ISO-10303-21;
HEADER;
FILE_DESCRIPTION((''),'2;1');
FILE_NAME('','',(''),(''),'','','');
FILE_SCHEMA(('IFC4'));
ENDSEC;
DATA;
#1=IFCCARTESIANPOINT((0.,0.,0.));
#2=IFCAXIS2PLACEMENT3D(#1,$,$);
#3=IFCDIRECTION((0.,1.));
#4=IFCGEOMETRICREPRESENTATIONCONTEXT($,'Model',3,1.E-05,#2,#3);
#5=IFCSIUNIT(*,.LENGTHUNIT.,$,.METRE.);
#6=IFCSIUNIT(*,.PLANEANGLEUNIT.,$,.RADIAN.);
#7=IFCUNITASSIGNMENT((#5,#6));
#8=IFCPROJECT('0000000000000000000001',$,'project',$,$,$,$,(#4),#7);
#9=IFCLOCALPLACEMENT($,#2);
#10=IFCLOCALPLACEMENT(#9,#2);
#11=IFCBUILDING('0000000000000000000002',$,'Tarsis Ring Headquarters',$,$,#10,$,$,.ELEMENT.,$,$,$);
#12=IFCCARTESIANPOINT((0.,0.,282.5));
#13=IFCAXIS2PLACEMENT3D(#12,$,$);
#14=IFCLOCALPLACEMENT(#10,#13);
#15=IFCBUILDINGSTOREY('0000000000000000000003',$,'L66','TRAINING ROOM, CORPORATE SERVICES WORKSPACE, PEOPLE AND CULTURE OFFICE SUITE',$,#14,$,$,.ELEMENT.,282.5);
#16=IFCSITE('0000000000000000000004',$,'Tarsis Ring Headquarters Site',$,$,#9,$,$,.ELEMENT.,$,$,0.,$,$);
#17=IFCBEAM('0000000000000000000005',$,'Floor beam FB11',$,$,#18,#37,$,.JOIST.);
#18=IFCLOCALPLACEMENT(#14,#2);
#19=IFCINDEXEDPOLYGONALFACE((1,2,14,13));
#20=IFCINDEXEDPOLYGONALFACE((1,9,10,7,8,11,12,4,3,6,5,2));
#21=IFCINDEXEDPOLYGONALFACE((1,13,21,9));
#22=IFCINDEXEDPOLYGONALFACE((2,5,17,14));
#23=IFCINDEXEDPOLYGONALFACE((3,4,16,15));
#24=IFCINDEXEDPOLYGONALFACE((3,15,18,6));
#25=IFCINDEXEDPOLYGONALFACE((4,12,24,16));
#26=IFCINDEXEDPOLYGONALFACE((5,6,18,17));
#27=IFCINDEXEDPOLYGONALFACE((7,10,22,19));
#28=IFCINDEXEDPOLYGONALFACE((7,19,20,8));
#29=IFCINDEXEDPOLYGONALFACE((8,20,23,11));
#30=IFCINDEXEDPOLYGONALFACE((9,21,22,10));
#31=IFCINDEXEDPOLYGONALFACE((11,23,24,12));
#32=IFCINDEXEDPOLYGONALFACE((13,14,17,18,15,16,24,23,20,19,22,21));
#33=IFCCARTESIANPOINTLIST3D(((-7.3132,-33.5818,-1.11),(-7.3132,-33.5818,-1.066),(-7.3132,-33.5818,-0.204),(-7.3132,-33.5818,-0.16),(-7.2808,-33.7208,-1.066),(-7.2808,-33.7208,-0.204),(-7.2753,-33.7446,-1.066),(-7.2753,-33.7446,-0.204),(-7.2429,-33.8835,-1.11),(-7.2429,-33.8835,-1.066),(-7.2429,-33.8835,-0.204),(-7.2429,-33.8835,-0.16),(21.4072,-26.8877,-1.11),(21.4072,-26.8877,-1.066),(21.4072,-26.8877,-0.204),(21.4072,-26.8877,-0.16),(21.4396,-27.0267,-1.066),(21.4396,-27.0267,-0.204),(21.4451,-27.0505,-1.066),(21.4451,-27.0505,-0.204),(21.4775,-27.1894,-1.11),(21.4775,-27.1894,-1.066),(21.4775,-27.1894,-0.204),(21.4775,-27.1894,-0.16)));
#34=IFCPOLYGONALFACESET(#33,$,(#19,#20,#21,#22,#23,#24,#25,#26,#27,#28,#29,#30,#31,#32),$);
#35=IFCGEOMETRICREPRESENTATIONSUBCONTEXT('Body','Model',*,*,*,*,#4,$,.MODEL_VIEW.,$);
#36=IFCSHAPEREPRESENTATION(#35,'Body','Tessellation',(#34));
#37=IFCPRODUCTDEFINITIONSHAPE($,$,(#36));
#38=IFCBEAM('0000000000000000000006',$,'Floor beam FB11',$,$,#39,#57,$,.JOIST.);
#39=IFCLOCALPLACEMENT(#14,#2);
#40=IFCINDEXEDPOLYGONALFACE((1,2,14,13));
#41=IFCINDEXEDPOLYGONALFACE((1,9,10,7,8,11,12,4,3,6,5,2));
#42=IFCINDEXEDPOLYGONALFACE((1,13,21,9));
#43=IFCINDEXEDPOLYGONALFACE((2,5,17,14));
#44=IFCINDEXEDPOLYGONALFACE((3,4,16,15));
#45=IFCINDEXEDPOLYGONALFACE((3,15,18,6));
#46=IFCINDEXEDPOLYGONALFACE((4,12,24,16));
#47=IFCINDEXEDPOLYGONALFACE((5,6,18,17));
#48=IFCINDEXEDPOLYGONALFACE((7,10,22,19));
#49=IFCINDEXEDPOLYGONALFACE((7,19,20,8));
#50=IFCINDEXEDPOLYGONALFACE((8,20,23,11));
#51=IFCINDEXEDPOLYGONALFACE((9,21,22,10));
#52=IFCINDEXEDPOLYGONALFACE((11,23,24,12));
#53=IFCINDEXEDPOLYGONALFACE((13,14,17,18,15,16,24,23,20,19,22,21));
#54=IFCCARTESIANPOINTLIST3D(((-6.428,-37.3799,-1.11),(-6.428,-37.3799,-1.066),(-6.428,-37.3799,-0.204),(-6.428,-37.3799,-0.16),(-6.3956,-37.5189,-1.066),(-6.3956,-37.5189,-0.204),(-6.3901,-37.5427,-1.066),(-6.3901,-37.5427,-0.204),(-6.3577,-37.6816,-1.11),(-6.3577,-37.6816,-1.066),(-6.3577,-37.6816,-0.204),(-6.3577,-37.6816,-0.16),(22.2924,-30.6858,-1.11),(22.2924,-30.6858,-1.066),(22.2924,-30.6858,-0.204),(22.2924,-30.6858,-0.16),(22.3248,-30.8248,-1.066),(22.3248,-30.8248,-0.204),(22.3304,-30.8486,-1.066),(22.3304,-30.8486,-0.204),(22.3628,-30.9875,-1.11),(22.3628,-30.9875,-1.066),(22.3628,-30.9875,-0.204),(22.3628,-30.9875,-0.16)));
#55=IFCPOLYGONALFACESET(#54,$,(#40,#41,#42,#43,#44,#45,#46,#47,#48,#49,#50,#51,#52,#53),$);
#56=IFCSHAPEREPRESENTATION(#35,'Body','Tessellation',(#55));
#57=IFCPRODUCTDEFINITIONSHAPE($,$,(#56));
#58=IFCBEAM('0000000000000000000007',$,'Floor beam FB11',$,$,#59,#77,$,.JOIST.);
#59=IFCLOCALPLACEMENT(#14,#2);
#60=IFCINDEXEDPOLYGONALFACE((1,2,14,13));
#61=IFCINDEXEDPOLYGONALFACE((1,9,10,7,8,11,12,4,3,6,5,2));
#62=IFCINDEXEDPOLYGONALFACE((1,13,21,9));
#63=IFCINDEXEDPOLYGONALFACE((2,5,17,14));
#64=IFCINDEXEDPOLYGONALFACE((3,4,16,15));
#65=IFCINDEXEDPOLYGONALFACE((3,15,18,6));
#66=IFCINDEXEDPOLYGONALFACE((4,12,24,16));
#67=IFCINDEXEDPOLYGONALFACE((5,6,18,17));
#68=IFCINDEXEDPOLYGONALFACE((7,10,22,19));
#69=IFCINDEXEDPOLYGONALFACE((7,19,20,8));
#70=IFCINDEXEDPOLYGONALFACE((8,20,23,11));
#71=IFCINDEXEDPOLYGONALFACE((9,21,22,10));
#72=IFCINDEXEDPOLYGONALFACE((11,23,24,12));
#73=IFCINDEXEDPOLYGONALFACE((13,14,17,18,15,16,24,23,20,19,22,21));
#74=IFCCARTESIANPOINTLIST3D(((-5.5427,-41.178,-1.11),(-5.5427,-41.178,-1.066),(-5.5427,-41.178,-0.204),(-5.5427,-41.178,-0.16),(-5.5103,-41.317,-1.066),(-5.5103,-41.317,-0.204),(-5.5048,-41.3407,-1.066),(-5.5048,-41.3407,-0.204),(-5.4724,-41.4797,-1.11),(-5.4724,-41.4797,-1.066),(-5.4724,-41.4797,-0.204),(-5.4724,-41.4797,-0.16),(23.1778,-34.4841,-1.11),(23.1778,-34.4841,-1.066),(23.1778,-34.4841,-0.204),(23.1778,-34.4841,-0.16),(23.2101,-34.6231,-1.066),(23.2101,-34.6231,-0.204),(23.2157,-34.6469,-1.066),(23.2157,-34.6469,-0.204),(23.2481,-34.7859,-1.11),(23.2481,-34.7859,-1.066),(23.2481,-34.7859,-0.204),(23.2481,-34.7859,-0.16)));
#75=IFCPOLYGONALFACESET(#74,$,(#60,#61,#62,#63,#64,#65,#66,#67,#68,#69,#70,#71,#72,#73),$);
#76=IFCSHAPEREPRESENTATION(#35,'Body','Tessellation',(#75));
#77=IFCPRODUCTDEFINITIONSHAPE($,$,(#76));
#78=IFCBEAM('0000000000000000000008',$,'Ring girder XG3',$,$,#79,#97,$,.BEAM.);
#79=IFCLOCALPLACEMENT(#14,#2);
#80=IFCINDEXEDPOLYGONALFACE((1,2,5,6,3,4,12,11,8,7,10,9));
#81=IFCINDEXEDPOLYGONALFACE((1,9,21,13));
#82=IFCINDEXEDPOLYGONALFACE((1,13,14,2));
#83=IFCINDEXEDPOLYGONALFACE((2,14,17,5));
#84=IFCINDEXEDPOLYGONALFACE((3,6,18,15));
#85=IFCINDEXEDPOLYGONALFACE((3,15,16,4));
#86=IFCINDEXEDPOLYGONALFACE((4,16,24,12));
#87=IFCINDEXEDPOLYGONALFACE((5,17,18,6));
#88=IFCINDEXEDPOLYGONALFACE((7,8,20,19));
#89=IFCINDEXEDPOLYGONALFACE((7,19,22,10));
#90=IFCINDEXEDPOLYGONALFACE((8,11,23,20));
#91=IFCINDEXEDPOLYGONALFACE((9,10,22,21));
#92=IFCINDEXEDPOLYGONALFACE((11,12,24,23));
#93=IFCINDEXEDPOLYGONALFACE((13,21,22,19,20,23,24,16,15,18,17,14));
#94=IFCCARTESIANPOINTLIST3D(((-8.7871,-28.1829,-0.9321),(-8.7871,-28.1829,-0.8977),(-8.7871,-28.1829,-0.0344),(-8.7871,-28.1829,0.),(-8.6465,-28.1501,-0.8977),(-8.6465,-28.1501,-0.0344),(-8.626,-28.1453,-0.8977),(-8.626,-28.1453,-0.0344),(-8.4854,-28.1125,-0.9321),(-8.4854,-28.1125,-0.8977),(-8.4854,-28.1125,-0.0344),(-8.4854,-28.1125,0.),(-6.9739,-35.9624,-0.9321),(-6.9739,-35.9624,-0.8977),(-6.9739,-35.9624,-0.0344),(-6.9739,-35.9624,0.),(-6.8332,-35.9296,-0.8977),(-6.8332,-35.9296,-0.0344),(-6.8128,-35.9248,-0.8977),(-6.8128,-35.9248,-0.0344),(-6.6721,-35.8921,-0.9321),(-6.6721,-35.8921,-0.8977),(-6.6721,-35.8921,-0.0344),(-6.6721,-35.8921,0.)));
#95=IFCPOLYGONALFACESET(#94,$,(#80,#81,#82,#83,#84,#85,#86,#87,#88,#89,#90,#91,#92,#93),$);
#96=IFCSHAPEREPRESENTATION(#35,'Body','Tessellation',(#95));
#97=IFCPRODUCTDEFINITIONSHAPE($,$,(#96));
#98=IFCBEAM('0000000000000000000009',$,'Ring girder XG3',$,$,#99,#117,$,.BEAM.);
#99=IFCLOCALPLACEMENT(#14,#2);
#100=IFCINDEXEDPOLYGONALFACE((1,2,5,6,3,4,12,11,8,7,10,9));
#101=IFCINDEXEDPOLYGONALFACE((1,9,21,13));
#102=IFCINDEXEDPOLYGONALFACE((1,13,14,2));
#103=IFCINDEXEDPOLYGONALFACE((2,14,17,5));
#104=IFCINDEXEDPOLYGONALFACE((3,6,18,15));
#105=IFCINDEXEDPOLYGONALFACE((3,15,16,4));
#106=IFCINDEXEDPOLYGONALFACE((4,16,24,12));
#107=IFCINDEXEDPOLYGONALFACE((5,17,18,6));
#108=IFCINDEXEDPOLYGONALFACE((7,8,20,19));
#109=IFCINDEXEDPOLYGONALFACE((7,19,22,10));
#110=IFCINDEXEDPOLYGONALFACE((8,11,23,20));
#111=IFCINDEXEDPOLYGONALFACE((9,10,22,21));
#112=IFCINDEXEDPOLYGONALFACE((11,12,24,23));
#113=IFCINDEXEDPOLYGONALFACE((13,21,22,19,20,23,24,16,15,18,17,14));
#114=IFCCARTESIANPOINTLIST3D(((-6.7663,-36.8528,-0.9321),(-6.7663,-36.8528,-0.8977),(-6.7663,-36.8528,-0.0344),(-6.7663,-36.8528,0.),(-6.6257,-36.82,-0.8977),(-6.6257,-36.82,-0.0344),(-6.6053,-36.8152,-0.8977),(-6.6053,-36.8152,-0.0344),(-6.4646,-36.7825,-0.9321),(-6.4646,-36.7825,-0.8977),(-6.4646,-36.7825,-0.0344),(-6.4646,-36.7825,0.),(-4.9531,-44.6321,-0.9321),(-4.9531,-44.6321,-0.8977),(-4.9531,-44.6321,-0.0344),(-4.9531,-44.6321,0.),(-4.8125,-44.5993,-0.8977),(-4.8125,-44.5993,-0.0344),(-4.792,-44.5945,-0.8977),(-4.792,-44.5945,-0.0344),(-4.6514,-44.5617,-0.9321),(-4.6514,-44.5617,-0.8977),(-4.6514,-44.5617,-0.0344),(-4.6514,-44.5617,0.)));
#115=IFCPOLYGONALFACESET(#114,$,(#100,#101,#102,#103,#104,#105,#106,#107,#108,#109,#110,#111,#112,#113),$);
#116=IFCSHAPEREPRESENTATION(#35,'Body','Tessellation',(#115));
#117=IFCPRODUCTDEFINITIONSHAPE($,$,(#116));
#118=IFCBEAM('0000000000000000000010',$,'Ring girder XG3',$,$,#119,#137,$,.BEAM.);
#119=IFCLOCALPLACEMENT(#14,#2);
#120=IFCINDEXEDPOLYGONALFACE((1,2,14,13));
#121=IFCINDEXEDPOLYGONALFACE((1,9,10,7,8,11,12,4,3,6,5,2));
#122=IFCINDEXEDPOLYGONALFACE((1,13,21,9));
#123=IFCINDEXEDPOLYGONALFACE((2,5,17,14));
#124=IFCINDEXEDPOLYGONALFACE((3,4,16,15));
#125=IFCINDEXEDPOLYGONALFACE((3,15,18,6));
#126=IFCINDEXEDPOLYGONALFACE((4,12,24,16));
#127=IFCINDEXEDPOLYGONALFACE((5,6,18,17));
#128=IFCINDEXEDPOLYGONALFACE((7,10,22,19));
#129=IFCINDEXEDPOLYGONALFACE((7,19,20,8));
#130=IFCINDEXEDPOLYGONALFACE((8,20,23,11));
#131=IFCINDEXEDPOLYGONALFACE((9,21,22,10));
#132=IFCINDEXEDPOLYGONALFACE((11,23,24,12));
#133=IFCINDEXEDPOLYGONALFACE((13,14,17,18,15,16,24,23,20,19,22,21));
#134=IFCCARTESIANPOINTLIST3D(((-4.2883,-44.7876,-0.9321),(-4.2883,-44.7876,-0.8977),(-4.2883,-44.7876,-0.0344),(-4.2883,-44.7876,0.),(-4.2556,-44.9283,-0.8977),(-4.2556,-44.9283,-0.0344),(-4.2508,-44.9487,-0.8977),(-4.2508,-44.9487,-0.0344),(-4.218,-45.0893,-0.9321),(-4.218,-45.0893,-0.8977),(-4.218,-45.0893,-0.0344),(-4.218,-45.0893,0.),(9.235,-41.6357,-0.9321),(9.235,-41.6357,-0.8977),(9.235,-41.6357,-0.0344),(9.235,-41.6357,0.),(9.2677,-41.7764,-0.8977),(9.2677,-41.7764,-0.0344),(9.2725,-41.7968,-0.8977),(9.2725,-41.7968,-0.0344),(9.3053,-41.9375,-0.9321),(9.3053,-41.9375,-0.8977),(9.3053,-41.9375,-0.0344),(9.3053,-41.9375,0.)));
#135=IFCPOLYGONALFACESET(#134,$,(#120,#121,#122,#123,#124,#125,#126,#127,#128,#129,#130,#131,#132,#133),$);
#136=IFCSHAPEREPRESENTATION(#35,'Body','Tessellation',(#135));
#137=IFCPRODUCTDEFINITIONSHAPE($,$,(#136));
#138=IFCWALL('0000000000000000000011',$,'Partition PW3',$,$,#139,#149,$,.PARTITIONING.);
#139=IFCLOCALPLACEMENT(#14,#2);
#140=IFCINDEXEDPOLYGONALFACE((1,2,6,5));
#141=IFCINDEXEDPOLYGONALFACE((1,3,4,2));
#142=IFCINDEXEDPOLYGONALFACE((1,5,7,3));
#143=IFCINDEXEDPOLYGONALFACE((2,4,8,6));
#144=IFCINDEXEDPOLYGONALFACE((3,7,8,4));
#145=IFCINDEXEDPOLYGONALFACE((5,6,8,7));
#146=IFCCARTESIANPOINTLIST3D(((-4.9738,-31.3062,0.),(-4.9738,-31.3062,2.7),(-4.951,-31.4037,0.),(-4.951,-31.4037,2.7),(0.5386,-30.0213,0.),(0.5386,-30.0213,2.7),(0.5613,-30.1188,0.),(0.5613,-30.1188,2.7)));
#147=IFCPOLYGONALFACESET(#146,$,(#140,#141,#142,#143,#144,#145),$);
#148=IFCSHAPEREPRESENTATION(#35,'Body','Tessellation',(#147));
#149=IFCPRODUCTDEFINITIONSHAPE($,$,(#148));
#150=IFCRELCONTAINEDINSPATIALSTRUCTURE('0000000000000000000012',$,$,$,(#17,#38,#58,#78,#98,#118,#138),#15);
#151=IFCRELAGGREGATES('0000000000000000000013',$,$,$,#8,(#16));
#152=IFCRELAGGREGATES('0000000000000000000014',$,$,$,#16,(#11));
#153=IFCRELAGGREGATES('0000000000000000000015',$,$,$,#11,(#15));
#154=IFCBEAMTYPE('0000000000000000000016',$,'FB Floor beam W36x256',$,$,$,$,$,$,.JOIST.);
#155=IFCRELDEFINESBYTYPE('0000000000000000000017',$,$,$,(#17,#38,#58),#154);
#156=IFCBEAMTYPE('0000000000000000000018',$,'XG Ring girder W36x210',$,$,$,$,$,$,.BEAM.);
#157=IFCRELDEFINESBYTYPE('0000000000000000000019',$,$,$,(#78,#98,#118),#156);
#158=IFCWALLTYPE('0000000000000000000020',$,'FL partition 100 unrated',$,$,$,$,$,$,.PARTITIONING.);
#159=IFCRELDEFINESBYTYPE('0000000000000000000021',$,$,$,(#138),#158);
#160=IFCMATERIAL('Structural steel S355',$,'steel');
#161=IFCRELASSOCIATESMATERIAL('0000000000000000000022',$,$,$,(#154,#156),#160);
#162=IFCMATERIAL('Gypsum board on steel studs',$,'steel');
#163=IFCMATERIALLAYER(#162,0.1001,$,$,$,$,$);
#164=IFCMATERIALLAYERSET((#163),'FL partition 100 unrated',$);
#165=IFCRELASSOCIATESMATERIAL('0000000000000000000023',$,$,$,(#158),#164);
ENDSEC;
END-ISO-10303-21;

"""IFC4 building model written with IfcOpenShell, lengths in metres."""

from ifc_helpers import new_model, si_unit, direction, frame, frame_2d, origin, origin_2d, place, context, subcontext, project, spatial, rectangle, i_section, extrude, material, layer, layer_set, material_profile, profile_set, type_object, element, save


model = new_model("IFC4")

# Units and contexts
model_context = context("Model", 3, precision=1e-05, world=origin(), true_north=direction((0.0, 1.0)))
body_context = subcontext(model_context, "Body", "Model", "MODEL_VIEW")
ifc_project = project(units=[si_unit("LENGTHUNIT", "METRE"), si_unit("PLANEANGLEUNIT", "RADIAN")], contexts=[model_context])

# Site, building, storey
site_placement = place(None, origin())
site = spatial("IfcSite", under=ifc_project, at=site_placement, Name="Tarsis Ring Headquarters Site", CompositionType="ELEMENT", RefElevation=0.0)
building_placement = place(site_placement, origin())
building = spatial("IfcBuilding", under=site, at=building_placement, Name="Tarsis Ring Headquarters", CompositionType="ELEMENT")
storey_placement = place(building_placement, frame((0.0, 0.0, 282.5)))
storey = spatial("IfcBuildingStorey", under=building, at=storey_placement, Name="L66", Description="TRAINING ROOM, CORPORATE SERVICES WORKSPACE, PEOPLE AND CULTURE OFFICE SUITE", CompositionType="ELEMENT", Elevation=282.5)

# Shared definitions
ifc_material_1 = material(Name="Structural steel S355", Category="steel")

# Beams
ifc_material_profile_1 = material_profile(ifc_material_1, i_section(OverallWidth=0.3098, OverallDepth=0.95, WebThickness=0.0244, FlangeThickness=0.0439, at=origin_2d()), Name="W36x256")
ifc_profile_set_1 = profile_set([ifc_material_profile_1], Name="Structural steel S355")
beam_type_1 = type_object("IfcBeamType", Name="FB Floor beam W36x256", PredefinedType="JOIST", material=ifc_profile_set_1)
for number, where, z_axis, x_axis, name in (
    (1, (-7.2781, -33.7327, -0.635), (0.973896, 0.226993, 0.0), (-0.226993, 0.973896, 0.0), "Floor beam FB11"),
    (2, (-6.3928, -37.5308, -0.635), (0.973896, 0.226993, 0.0), (-0.226993, 0.973896, 0.0), "Floor beam FB11"),
    (3, (-5.5076, -41.3289, -0.635), (0.973898, 0.226985, 0.0), (-0.226985, 0.973898, 0.0), "Floor beam FB11"),
):
    element("IfcBeam", number, at=place(storey_placement, frame(where, z_axis=z_axis, x_axis=x_axis)), inside=storey, type_object=beam_type_1, Name=name, PredefinedType="JOIST", context=body_context, shape_type="SweptSolid", body=[
        extrude(i_section(OverallWidth=0.3098, OverallDepth=0.95, WebThickness=0.0244, FlangeThickness=0.0439, at=origin_2d()), origin(), (0.0, 0.0, 1.0), 29.4902),
    ])
ifc_material_profile_2 = material_profile(ifc_material_1, i_section(OverallWidth=0.3098, OverallDepth=0.9321, WebThickness=0.021, FlangeThickness=0.0344, at=origin_2d()), Name="W36x210")
ifc_profile_set_2 = profile_set([ifc_material_profile_2], Name="Structural steel S355")
beam_type_2 = type_object("IfcBeamType", Name="XG Ring girder W36x210", PredefinedType="BEAM", material=ifc_profile_set_2)
beam_1_placement = place(storey_placement, frame((-8.6362, -28.1477, -0.4661), z_axis=(0.226993, -0.973896, 0.0), x_axis=(0.973896, 0.226993, 0.0)))
element("IfcBeam", 4, at=beam_1_placement, inside=storey, type_object=beam_type_2, Name="Ring girder XG3", PredefinedType="BEAM", context=body_context, shape_type="SweptSolid", body=[
    extrude(i_section(OverallWidth=0.3098, OverallDepth=0.9321, WebThickness=0.021, FlangeThickness=0.0344, at=origin_2d()), origin(), (0.0, 0.0, 1.0), 7.988),
])
beam_2_placement = place(storey_placement, frame((-6.6155, -36.8176, -0.4661), z_axis=(0.227, -0.973895, 0.0), x_axis=(0.973895, 0.227, 0.0)))
element("IfcBeam", 5, at=beam_2_placement, inside=storey, type_object=beam_type_2, Name="Ring girder XG3", PredefinedType="BEAM", context=body_context, shape_type="SweptSolid", body=[
    extrude(i_section(OverallWidth=0.3098, OverallDepth=0.9321, WebThickness=0.021, FlangeThickness=0.0344, at=origin_2d()), origin(), (0.0, 0.0, 1.0), 7.9878),
])
beam_3_placement = place(storey_placement, frame((-4.2532, -44.9385, -0.4661), z_axis=(0.973898, 0.226987, 0.0), x_axis=(-0.226987, 0.973898, 0.0)))
element("IfcBeam", 6, at=beam_3_placement, inside=storey, type_object=beam_type_2, Name="Ring girder XG3", PredefinedType="BEAM", context=body_context, shape_type="SweptSolid", body=[
    extrude(i_section(OverallWidth=0.3098, OverallDepth=0.9321, WebThickness=0.021, FlangeThickness=0.0344, at=origin_2d()), origin(), (0.0, 0.0, 1.0), 13.8857),
])

# Wall
ifc_material_2 = material(Name="Gypsum board on steel studs", Category="steel")
ifc_layer_1 = layer(ifc_material_2, 0.1001)
ifc_layer_set_1 = layer_set([ifc_layer_1], Name="FL partition 100 unrated")
wall_type_1 = type_object("IfcWallType", Name="FL partition 100 unrated", PredefinedType="PARTITIONING", material=ifc_layer_set_1)
wall_1_placement = place(storey_placement, frame((-4.9624, -31.355, 0.0), z_axis=(0.0, 0.0, 1.0), x_axis=(0.973893, 0.227007, 0.0)))
element("IfcWall", 7, at=wall_1_placement, inside=storey, type_object=wall_type_1, Name="Partition PW3", PredefinedType="PARTITIONING", context=body_context, shape_type="SweptSolid", body=[
    extrude(rectangle(XDim=5.6602, YDim=0.1001, at=frame_2d((2.8301, 0.0))), origin(), (0.0, 0.0, 1.0), 2.7),
])

save(model, "model.ifc")
